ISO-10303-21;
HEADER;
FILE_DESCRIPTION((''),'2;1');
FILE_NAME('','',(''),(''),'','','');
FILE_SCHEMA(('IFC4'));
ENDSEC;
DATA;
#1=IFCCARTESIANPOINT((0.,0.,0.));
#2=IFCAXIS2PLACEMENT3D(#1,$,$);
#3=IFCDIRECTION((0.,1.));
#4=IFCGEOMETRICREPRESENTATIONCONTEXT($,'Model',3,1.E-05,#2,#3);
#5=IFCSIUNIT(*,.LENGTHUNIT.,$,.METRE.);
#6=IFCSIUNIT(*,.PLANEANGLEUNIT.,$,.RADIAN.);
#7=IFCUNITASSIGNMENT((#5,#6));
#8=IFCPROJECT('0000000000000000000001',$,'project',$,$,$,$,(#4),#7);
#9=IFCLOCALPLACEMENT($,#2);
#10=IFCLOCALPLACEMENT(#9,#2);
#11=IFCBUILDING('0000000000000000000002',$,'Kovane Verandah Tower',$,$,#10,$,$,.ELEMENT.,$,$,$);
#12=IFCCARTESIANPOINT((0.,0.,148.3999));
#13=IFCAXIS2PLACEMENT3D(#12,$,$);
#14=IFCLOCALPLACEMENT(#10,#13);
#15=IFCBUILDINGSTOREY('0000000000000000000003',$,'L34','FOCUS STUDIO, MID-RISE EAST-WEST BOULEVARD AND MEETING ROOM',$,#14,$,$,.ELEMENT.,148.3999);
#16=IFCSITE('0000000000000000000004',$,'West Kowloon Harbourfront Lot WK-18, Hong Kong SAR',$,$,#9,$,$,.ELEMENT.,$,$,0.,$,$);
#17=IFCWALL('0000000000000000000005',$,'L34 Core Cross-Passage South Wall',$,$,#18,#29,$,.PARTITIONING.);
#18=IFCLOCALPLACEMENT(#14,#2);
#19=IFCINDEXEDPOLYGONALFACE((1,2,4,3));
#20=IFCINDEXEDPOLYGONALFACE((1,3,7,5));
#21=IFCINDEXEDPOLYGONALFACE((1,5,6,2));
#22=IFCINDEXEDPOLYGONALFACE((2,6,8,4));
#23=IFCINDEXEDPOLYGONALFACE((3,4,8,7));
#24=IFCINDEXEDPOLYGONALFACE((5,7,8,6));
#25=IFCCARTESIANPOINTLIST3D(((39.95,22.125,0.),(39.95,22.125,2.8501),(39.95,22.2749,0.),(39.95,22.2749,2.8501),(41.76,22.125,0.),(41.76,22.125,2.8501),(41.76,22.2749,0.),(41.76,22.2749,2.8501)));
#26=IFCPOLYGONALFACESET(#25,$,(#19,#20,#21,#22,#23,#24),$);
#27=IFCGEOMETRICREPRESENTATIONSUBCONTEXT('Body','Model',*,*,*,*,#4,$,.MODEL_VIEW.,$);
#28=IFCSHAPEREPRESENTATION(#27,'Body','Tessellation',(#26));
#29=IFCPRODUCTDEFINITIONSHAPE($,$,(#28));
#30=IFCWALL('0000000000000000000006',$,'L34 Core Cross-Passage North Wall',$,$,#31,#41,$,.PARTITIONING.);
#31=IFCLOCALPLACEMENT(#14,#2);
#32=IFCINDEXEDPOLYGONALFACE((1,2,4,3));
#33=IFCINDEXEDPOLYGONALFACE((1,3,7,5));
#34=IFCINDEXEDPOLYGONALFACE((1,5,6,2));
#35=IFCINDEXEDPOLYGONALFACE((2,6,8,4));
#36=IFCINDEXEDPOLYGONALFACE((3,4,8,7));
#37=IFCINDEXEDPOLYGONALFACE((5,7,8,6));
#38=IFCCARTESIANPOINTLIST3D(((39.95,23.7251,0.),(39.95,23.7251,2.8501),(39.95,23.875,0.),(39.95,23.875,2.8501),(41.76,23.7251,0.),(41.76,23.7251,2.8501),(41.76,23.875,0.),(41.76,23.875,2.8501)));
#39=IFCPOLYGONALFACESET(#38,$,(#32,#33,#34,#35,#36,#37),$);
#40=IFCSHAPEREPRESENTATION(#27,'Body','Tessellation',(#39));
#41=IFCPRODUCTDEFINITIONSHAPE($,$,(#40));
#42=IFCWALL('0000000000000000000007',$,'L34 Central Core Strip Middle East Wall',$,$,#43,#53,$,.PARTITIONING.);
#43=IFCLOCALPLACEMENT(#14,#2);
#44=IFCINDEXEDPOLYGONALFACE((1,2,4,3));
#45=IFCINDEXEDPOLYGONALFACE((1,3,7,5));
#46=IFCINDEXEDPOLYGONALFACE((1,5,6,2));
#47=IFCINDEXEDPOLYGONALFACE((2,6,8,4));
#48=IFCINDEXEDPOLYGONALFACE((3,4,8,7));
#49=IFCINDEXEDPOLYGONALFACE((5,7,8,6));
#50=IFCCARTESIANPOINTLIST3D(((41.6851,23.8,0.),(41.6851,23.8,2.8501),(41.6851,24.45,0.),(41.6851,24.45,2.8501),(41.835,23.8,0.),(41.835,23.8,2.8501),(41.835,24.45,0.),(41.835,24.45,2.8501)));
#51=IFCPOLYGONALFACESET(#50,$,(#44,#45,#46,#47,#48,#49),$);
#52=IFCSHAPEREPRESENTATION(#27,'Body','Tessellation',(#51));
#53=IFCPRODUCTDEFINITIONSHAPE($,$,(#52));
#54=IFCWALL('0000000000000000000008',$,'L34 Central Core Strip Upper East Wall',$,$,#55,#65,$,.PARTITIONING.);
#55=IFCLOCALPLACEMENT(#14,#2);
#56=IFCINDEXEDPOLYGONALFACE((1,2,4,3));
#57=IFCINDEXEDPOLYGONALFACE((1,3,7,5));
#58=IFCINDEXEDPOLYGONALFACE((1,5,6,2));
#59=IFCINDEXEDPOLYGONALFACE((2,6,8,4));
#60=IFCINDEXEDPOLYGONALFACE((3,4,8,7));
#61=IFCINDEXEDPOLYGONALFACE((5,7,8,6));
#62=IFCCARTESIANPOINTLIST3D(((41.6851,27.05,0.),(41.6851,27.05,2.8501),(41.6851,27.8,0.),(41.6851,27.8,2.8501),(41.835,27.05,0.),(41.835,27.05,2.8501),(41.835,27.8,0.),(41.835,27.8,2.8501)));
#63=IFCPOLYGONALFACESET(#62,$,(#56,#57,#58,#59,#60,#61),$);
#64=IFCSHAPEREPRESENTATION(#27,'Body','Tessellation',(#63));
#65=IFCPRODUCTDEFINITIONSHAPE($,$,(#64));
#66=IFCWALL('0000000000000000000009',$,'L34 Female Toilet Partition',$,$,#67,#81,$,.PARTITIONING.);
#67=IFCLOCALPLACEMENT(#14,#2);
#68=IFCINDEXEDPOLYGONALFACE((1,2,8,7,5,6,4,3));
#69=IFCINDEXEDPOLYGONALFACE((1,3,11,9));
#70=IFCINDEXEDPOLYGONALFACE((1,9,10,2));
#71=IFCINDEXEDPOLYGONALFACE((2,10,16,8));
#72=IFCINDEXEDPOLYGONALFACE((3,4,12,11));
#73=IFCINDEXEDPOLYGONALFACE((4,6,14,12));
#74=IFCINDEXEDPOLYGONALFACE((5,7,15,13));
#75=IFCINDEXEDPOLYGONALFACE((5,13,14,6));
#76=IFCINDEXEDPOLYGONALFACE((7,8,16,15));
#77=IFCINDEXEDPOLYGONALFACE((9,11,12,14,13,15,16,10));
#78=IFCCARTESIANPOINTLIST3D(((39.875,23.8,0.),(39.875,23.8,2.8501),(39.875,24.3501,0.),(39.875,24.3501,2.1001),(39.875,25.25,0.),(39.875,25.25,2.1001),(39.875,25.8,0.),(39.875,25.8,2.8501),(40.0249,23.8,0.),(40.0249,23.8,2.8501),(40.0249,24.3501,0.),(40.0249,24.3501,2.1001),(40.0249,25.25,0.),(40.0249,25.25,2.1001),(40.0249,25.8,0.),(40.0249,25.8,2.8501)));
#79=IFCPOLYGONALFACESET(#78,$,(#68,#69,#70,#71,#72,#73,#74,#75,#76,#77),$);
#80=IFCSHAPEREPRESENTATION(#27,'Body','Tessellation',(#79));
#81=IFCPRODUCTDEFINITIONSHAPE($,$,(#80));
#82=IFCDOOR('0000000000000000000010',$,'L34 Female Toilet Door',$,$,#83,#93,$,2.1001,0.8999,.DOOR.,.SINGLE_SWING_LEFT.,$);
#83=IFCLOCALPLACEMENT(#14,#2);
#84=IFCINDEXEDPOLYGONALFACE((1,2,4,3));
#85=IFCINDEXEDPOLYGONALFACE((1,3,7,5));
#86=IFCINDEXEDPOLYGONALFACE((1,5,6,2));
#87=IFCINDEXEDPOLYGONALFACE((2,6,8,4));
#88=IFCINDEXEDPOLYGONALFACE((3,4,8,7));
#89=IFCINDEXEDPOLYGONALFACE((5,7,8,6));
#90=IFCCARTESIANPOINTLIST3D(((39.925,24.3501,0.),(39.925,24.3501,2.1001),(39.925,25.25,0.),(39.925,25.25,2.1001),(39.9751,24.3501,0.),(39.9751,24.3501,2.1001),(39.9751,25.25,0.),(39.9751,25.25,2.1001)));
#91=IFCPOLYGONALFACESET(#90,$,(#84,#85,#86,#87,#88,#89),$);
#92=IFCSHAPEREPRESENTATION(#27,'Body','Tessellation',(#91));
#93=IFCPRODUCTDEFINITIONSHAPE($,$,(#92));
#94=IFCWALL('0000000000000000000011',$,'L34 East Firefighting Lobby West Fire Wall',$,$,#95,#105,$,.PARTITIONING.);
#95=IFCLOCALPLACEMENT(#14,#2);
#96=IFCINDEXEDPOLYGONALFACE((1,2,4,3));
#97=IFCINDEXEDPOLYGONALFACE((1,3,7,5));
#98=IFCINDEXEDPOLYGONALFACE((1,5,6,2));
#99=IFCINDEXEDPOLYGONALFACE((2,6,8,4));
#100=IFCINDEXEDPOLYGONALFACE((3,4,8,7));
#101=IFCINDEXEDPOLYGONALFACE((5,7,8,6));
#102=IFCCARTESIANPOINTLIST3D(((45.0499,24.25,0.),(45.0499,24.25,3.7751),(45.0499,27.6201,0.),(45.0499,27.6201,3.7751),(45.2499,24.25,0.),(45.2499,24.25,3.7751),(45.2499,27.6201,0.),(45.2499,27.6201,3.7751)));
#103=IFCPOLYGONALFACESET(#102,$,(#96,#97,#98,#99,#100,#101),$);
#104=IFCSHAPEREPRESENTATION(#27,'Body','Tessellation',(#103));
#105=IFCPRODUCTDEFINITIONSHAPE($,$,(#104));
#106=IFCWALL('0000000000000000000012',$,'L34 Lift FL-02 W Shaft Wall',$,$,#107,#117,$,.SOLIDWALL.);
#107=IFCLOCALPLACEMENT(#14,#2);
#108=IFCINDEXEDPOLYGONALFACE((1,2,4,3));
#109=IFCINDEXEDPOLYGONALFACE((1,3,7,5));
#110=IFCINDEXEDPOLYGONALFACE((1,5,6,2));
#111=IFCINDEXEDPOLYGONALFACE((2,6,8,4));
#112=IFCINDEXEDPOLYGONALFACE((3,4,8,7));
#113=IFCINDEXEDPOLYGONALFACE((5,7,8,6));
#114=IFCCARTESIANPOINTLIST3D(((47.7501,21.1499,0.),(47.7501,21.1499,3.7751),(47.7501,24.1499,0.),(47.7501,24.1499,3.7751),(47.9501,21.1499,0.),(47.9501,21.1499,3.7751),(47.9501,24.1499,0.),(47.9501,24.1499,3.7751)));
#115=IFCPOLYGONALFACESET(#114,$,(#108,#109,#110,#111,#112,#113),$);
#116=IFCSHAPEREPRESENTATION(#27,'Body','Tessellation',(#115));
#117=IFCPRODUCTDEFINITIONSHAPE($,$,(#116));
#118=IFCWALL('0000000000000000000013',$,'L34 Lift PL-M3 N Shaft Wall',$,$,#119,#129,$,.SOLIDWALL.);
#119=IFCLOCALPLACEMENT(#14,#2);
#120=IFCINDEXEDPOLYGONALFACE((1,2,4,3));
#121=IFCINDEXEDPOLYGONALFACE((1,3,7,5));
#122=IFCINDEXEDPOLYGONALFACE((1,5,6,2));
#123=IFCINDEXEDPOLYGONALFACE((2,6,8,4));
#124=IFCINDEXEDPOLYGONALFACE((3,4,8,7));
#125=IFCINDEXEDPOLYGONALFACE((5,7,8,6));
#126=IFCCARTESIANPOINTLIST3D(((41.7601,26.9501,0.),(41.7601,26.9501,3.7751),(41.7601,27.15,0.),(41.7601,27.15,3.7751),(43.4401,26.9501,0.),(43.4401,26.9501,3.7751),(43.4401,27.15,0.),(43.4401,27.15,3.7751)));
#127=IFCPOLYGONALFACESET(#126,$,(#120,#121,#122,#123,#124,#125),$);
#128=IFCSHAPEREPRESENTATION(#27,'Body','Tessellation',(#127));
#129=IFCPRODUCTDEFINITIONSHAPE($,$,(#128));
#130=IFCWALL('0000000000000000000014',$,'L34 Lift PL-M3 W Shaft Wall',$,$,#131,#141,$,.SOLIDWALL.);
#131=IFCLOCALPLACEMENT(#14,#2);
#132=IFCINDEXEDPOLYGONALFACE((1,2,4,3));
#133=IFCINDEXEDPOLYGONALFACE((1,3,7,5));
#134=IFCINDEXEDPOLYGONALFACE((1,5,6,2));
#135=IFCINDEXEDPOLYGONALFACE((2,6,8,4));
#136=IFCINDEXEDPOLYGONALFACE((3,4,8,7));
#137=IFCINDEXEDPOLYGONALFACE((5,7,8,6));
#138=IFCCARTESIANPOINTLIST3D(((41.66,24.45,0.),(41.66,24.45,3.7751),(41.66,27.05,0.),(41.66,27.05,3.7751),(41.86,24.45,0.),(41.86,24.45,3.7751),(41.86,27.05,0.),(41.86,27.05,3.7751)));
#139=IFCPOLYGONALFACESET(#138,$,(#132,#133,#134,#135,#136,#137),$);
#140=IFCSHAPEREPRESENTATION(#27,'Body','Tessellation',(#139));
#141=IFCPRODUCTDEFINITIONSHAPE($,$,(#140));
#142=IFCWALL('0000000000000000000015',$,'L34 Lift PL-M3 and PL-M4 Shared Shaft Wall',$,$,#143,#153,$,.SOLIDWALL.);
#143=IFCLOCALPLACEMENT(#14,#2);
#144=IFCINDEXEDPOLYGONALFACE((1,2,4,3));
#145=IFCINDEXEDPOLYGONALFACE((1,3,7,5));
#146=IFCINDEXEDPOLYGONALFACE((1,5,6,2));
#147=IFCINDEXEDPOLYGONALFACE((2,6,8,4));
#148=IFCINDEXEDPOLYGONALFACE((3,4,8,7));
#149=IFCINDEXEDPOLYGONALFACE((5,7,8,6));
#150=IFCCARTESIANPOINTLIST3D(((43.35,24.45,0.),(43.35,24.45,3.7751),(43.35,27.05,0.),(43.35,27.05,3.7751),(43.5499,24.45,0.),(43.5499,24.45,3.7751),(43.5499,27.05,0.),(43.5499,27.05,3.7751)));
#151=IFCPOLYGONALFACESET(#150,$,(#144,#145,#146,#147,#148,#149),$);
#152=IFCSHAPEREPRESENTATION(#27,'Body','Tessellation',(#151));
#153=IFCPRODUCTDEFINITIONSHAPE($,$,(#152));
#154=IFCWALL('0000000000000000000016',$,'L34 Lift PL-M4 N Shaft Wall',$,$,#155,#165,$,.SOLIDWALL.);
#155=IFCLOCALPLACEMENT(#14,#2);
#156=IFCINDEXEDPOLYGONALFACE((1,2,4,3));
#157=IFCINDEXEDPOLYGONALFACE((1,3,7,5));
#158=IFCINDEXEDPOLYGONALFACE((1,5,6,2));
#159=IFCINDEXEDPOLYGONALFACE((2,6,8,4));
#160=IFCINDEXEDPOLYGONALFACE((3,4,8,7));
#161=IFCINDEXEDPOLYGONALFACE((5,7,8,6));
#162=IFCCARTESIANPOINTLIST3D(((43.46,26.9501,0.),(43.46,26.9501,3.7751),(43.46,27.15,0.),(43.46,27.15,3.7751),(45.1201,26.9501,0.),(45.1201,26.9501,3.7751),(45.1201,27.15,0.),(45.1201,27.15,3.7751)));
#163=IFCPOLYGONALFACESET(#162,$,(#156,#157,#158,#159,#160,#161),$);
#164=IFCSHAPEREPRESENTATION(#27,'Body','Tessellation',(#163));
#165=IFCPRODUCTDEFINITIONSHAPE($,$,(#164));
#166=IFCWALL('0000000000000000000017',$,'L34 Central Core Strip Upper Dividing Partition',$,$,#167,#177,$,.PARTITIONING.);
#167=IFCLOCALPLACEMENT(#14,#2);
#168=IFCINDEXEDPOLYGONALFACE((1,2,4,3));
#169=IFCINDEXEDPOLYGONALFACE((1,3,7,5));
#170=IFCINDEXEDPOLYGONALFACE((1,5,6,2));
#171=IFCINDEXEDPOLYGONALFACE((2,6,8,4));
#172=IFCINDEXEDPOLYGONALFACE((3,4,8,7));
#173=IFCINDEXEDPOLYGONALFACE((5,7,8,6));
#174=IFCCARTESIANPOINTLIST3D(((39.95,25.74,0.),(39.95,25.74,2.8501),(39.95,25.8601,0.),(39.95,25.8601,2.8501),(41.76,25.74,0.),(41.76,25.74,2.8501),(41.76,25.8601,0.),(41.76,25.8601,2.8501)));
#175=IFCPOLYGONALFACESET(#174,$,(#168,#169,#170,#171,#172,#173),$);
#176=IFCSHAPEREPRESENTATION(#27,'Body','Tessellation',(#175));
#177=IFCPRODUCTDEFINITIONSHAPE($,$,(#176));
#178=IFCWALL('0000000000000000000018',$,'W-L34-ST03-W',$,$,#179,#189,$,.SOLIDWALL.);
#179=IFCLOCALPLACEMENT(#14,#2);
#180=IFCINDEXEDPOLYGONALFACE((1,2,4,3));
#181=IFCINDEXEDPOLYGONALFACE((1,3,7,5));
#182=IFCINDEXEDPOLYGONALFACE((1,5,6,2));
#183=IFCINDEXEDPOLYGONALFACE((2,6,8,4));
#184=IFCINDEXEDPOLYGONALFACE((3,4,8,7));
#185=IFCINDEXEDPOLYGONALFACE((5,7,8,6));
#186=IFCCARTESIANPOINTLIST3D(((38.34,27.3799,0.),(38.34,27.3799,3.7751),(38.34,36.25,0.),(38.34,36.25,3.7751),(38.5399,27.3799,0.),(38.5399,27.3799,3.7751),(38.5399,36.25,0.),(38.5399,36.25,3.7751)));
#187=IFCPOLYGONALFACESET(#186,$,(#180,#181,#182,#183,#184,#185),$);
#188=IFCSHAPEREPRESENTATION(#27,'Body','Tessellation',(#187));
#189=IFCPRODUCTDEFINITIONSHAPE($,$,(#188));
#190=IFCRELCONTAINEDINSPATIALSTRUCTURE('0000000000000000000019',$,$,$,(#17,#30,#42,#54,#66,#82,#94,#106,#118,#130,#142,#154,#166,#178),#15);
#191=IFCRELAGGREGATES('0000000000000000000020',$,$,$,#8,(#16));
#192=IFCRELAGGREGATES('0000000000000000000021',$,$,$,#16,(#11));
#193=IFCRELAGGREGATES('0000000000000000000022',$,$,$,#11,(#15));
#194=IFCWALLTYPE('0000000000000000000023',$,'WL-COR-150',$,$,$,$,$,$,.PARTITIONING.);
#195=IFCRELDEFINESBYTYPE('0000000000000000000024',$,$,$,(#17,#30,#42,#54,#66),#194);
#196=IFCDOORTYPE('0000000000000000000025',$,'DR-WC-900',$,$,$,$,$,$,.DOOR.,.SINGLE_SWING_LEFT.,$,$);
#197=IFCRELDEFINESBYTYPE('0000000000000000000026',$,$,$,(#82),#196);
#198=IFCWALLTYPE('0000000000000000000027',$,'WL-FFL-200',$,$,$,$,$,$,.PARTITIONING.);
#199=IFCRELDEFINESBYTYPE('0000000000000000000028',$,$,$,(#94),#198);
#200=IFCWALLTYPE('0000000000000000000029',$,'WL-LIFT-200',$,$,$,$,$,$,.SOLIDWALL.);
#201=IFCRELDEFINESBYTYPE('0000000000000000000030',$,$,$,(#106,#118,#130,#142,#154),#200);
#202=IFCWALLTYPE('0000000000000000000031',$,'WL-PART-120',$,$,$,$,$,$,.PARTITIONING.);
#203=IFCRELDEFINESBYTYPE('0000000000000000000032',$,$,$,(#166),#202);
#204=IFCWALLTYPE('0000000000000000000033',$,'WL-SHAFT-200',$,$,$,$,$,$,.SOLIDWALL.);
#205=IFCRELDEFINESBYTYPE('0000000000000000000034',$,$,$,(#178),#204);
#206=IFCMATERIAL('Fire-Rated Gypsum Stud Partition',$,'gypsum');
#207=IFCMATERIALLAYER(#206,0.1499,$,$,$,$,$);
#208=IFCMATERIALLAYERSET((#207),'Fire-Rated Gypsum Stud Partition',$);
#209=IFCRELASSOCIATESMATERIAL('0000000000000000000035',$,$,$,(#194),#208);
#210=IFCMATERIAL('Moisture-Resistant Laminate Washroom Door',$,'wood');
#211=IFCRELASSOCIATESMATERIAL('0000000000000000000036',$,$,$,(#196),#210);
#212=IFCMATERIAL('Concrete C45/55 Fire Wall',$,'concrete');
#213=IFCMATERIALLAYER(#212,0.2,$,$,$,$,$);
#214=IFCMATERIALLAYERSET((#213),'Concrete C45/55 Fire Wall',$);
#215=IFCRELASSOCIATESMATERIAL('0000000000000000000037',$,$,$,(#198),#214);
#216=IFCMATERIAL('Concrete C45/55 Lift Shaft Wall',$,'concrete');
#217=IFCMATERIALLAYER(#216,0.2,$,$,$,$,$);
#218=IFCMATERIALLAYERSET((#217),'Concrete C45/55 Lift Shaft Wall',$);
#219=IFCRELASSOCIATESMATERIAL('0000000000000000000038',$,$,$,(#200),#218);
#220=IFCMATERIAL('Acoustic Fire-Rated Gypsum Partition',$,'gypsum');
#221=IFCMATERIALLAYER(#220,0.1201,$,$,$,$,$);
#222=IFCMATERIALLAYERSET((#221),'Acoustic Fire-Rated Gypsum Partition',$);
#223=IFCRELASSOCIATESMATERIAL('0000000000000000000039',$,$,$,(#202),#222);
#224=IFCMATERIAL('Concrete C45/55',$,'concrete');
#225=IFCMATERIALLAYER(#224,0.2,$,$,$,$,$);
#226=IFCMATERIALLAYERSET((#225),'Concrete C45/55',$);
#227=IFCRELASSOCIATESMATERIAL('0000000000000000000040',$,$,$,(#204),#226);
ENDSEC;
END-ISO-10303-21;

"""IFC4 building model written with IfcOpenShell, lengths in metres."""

from ifc_helpers import new_model, si_unit, direction, frame, frame_2d, origin, place, context, subcontext, project, spatial, rectangle, extrude, material, layer, layer_set, type_object, element, fill, save


model = new_model("IFC4")

# Units and contexts
model_context = context("Model", 3, precision=1e-05, world=origin(), true_north=direction((0.0, 1.0)))
body_context = subcontext(model_context, "Body", "Model", "MODEL_VIEW")
ifc_project = project(units=[si_unit("LENGTHUNIT", "METRE"), si_unit("PLANEANGLEUNIT", "RADIAN")], contexts=[model_context])

# Site, building, storey
site_placement = place(None, origin())
site = spatial("IfcSite", under=ifc_project, at=site_placement, Name="West Kowloon Harbourfront Lot WK-18, Hong Kong SAR", CompositionType="ELEMENT", RefElevation=0.0)
building_placement = place(site_placement, origin())
building = spatial("IfcBuilding", under=site, at=building_placement, Name="Kovane Verandah Tower", CompositionType="ELEMENT")
storey_placement = place(building_placement, frame((0.0, 0.0, 148.3999)))
storey = spatial("IfcBuildingStorey", under=building, at=storey_placement, Name="L34", Description="FOCUS STUDIO, MID-RISE EAST-WEST BOULEVARD AND MEETING ROOM", CompositionType="ELEMENT", Elevation=148.3999)

# Walls
ifc_material_1 = material(Name="Fire-Rated Gypsum Stud Partition", Category="gypsum")
ifc_layer_1 = layer(ifc_material_1, 0.1499)
ifc_layer_set_1 = layer_set([ifc_layer_1], Name="Fire-Rated Gypsum Stud Partition")
wall_type_1 = type_object("IfcWallType", Name="WL-COR-150", PredefinedType="PARTITIONING", material=ifc_layer_set_1)
for number, where, z_axis, x_axis, name in (
    (1, (39.95, 22.2, 0.0), (0.0, 0.0, 1.0), (1.0, 0.0, 0.0), "L34 Core Cross-Passage South Wall"),
    (2, (39.95, 23.8, 0.0), (0.0, 0.0, 1.0), (1.0, 0.0, 0.0), "L34 Core Cross-Passage North Wall"),
):
    element("IfcWall", number, at=place(storey_placement, frame(where, z_axis=z_axis, x_axis=x_axis)), inside=storey, type_object=wall_type_1, Name=name, PredefinedType="PARTITIONING", context=body_context, shape_type="SweptSolid", body=[
        extrude(rectangle(XDim=1.8101, YDim=0.1499, at=frame_2d((0.905, 0.0))), origin(), (0.0, 0.0, 1.0), 2.8501),
    ])
wall_1_placement = place(storey_placement, frame((41.76, 23.8, 0.0), z_axis=(0.0, 0.0, 1.0), x_axis=(0.0, 1.0, 0.0)))
element("IfcWall", 3, at=wall_1_placement, inside=storey, type_object=wall_type_1, Name="L34 Central Core Strip Middle East Wall", PredefinedType="PARTITIONING", context=body_context, shape_type="SweptSolid", body=[
    extrude(rectangle(XDim=0.6499, YDim=0.1499, at=frame_2d((0.325, 0.0))), origin(), (0.0, 0.0, 1.0), 2.8501),
])
wall_2_placement = place(storey_placement, frame((41.76, 27.05, 0.0), z_axis=(0.0, 0.0, 1.0), x_axis=(0.0, 1.0, 0.0)))
element("IfcWall", 4, at=wall_2_placement, inside=storey, type_object=wall_type_1, Name="L34 Central Core Strip Upper East Wall", PredefinedType="PARTITIONING", context=body_context, shape_type="SweptSolid", body=[
    extrude(rectangle(XDim=0.75, YDim=0.1499, at=frame_2d((0.375, 0.0))), origin(), (0.0, 0.0, 1.0), 2.8501),
])

# Wall, opening, door
wall_3_placement = place(storey_placement, frame((39.95, 23.8, 0.0), z_axis=(0.0, 0.0, 1.0), x_axis=(0.0, 1.0, 0.0)))
wall_3 = element("IfcWall", 5, at=wall_3_placement, inside=storey, type_object=wall_type_1, Name="L34 Female Toilet Partition", PredefinedType="PARTITIONING", context=body_context, shape_type="SweptSolid", body=[
    extrude(rectangle(XDim=2.0, YDim=0.1499, at=frame_2d((1.0, 0.0))), origin(), (0.0, 0.0, 1.0), 2.8501),
])
opening_1_placement = place(wall_3_placement, frame((0.55, 0.0, 0.0)))
opening_1 = element("IfcOpeningElement", 6, at=opening_1_placement, cuts=wall_3, PredefinedType="OPENING", context=body_context, shape_type="SweptSolid", body=[
    extrude(rectangle(XDim=0.8999, YDim=2.1001, at=frame_2d((0.45, 1.05))), frame((0.0, 0.075, 0.0), z_axis=(0.0, -1.0, 0.0), x_axis=(1.0, 0.0, 0.0)), (0.0, 0.0, 1.0), 0.1499),
])
ifc_material_2 = material(Name="Moisture-Resistant Laminate Washroom Door", Category="wood")
door_type_1 = type_object("IfcDoorType", Name="DR-WC-900", OperationType="SINGLE_SWING_LEFT", PredefinedType="DOOR", material=ifc_material_2)
door_1_placement = place(opening_1_placement, origin())
door_1 = element("IfcDoor", 7, at=door_1_placement, inside=storey, type_object=door_type_1, Name="L34 Female Toilet Door", OperationType="SINGLE_SWING_LEFT", OverallHeight=2.1001, OverallWidth=0.8999, PredefinedType="DOOR", context=body_context, shape_type="SweptSolid", body=[
    extrude(rectangle(XDim=0.8999, YDim=2.1001, at=frame_2d((0.45, 1.05))), frame((0.0, 0.0249, 0.0), z_axis=(0.0, -1.0, 0.0), x_axis=(1.0, 0.0, 0.0)), (0.0, 0.0, 1.0), 0.05),
])
fill(opening_1, door_1)
ifc_material_3 = material(Name="Concrete C45/55 Fire Wall", Category="concrete")
ifc_layer_2 = layer(ifc_material_3, 0.2)
ifc_layer_set_2 = layer_set([ifc_layer_2], Name="Concrete C45/55 Fire Wall")
wall_type_2 = type_object("IfcWallType", Name="WL-FFL-200", PredefinedType="PARTITIONING", material=ifc_layer_set_2)

# Wall
wall_4_placement = place(storey_placement, frame((45.1499, 24.25, 0.0), z_axis=(0.0, 0.0, 1.0), x_axis=(0.0, 1.0, 0.0)))
element("IfcWall", 8, at=wall_4_placement, inside=storey, type_object=wall_type_2, Name="L34 East Firefighting Lobby West Fire Wall", PredefinedType="PARTITIONING", context=body_context, shape_type="SweptSolid", body=[
    extrude(rectangle(XDim=3.3701, YDim=0.2, at=frame_2d((1.6851, 0.0))), origin(), (0.0, 0.0, 1.0), 3.7751),
])

# Shared definitions
ifc_material_4 = material(Name="Concrete C45/55 Lift Shaft Wall", Category="concrete")
ifc_layer_3 = layer(ifc_material_4, 0.2)
ifc_layer_set_3 = layer_set([ifc_layer_3], Name="Concrete C45/55 Lift Shaft Wall")
wall_type_3 = type_object("IfcWallType", Name="WL-LIFT-200", PredefinedType="SOLIDWALL", material=ifc_layer_set_3)

# Wall
wall_5_placement = place(storey_placement, frame((47.8501, 24.1499, 0.0), z_axis=(0.0, 0.0, 1.0), x_axis=(0.0, -1.0, 0.0)))
element("IfcWall", 9, at=wall_5_placement, inside=storey, type_object=wall_type_3, Name="L34 Lift FL-02 W Shaft Wall", PredefinedType="SOLIDWALL", context=body_context, shape_type="SweptSolid", body=[
    extrude(rectangle(XDim=3.0, YDim=0.2, at=frame_2d((1.5, 0.0))), origin(), (0.0, 0.0, 1.0), 3.7751),
])

# Walls
wall_6_placement = place(storey_placement, frame((43.4399, 27.05, 0.0), z_axis=(0.0, 0.0, 1.0), x_axis=(-1.0, 0.0, 0.0)))
element("IfcWall", 10, at=wall_6_placement, inside=storey, type_object=wall_type_3, Name="L34 Lift PL-M3 N Shaft Wall", PredefinedType="SOLIDWALL", context=body_context, shape_type="SweptSolid", body=[
    extrude(rectangle(XDim=1.6799, YDim=0.2, at=frame_2d((0.8398, 0.0))), origin(), (0.0, 0.0, 1.0), 3.7751),
])
for number, where, z_axis, x_axis, name in (
    (11, (41.76, 27.05, 0.0), (0.0, 0.0, 1.0), (0.0, -1.0, 0.0), "L34 Lift PL-M3 W Shaft Wall"),
    (12, (43.45, 24.45, 0.0), (0.0, 0.0, 1.0), (0.0, 1.0, 0.0), "L34 Lift PL-M3 and PL-M4 Shared Shaft Wall"),
):
    element("IfcWall", number, at=place(storey_placement, frame(where, z_axis=z_axis, x_axis=x_axis)), inside=storey, type_object=wall_type_3, Name=name, PredefinedType="SOLIDWALL", context=body_context, shape_type="SweptSolid", body=[
        extrude(rectangle(XDim=2.6001, YDim=0.2, at=frame_2d((1.3, 0.0))), origin(), (0.0, 0.0, 1.0), 3.7751),
    ])

# Walls
wall_7_placement = place(storey_placement, frame((45.1201, 27.05, 0.0), z_axis=(0.0, 0.0, 1.0), x_axis=(-1.0, 0.0, 0.0)))
element("IfcWall", 13, at=wall_7_placement, inside=storey, type_object=wall_type_3, Name="L34 Lift PL-M4 N Shaft Wall", PredefinedType="SOLIDWALL", context=body_context, shape_type="SweptSolid", body=[
    extrude(rectangle(XDim=1.6602, YDim=0.2, at=frame_2d((0.8301, 0.0))), origin(), (0.0, 0.0, 1.0), 3.7751),
])
ifc_material_5 = material(Name="Acoustic Fire-Rated Gypsum Partition", Category="gypsum")
ifc_layer_4 = layer(ifc_material_5, 0.1201)
ifc_layer_set_4 = layer_set([ifc_layer_4], Name="Acoustic Fire-Rated Gypsum Partition")
wall_type_4 = type_object("IfcWallType", Name="WL-PART-120", PredefinedType="PARTITIONING", material=ifc_layer_set_4)
wall_8_placement = place(storey_placement, frame((39.95, 25.8, 0.0), z_axis=(0.0, 0.0, 1.0), x_axis=(1.0, 0.0, 0.0)))
element("IfcWall", 14, at=wall_8_placement, inside=storey, type_object=wall_type_4, Name="L34 Central Core Strip Upper Dividing Partition", PredefinedType="PARTITIONING", context=body_context, shape_type="SweptSolid", body=[
    extrude(rectangle(XDim=1.8101, YDim=0.1201, at=frame_2d((0.905, 0.0))), origin(), (0.0, 0.0, 1.0), 2.8501),
])
ifc_material_6 = material(Name="Concrete C45/55", Category="concrete")
ifc_layer_5 = layer(ifc_material_6, 0.2)
ifc_layer_set_5 = layer_set([ifc_layer_5], Name="Concrete C45/55")
wall_type_5 = type_object("IfcWallType", Name="WL-SHAFT-200", PredefinedType="SOLIDWALL", material=ifc_layer_set_5)
wall_9_placement = place(storey_placement, frame((38.4399, 27.3799, 0.0), z_axis=(0.0, 0.0, 1.0), x_axis=(0.0, 1.0, 0.0)))
element("IfcWall", 15, at=wall_9_placement, inside=storey, type_object=wall_type_5, Name="W-L34-ST03-W", PredefinedType="SOLIDWALL", context=body_context, shape_type="SweptSolid", body=[
    extrude(rectangle(XDim=8.8701, YDim=0.2, at=frame_2d((4.4351, 0.0))), origin(), (0.0, 0.0, 1.0), 3.7751),
])

save(model, "model.ifc")
